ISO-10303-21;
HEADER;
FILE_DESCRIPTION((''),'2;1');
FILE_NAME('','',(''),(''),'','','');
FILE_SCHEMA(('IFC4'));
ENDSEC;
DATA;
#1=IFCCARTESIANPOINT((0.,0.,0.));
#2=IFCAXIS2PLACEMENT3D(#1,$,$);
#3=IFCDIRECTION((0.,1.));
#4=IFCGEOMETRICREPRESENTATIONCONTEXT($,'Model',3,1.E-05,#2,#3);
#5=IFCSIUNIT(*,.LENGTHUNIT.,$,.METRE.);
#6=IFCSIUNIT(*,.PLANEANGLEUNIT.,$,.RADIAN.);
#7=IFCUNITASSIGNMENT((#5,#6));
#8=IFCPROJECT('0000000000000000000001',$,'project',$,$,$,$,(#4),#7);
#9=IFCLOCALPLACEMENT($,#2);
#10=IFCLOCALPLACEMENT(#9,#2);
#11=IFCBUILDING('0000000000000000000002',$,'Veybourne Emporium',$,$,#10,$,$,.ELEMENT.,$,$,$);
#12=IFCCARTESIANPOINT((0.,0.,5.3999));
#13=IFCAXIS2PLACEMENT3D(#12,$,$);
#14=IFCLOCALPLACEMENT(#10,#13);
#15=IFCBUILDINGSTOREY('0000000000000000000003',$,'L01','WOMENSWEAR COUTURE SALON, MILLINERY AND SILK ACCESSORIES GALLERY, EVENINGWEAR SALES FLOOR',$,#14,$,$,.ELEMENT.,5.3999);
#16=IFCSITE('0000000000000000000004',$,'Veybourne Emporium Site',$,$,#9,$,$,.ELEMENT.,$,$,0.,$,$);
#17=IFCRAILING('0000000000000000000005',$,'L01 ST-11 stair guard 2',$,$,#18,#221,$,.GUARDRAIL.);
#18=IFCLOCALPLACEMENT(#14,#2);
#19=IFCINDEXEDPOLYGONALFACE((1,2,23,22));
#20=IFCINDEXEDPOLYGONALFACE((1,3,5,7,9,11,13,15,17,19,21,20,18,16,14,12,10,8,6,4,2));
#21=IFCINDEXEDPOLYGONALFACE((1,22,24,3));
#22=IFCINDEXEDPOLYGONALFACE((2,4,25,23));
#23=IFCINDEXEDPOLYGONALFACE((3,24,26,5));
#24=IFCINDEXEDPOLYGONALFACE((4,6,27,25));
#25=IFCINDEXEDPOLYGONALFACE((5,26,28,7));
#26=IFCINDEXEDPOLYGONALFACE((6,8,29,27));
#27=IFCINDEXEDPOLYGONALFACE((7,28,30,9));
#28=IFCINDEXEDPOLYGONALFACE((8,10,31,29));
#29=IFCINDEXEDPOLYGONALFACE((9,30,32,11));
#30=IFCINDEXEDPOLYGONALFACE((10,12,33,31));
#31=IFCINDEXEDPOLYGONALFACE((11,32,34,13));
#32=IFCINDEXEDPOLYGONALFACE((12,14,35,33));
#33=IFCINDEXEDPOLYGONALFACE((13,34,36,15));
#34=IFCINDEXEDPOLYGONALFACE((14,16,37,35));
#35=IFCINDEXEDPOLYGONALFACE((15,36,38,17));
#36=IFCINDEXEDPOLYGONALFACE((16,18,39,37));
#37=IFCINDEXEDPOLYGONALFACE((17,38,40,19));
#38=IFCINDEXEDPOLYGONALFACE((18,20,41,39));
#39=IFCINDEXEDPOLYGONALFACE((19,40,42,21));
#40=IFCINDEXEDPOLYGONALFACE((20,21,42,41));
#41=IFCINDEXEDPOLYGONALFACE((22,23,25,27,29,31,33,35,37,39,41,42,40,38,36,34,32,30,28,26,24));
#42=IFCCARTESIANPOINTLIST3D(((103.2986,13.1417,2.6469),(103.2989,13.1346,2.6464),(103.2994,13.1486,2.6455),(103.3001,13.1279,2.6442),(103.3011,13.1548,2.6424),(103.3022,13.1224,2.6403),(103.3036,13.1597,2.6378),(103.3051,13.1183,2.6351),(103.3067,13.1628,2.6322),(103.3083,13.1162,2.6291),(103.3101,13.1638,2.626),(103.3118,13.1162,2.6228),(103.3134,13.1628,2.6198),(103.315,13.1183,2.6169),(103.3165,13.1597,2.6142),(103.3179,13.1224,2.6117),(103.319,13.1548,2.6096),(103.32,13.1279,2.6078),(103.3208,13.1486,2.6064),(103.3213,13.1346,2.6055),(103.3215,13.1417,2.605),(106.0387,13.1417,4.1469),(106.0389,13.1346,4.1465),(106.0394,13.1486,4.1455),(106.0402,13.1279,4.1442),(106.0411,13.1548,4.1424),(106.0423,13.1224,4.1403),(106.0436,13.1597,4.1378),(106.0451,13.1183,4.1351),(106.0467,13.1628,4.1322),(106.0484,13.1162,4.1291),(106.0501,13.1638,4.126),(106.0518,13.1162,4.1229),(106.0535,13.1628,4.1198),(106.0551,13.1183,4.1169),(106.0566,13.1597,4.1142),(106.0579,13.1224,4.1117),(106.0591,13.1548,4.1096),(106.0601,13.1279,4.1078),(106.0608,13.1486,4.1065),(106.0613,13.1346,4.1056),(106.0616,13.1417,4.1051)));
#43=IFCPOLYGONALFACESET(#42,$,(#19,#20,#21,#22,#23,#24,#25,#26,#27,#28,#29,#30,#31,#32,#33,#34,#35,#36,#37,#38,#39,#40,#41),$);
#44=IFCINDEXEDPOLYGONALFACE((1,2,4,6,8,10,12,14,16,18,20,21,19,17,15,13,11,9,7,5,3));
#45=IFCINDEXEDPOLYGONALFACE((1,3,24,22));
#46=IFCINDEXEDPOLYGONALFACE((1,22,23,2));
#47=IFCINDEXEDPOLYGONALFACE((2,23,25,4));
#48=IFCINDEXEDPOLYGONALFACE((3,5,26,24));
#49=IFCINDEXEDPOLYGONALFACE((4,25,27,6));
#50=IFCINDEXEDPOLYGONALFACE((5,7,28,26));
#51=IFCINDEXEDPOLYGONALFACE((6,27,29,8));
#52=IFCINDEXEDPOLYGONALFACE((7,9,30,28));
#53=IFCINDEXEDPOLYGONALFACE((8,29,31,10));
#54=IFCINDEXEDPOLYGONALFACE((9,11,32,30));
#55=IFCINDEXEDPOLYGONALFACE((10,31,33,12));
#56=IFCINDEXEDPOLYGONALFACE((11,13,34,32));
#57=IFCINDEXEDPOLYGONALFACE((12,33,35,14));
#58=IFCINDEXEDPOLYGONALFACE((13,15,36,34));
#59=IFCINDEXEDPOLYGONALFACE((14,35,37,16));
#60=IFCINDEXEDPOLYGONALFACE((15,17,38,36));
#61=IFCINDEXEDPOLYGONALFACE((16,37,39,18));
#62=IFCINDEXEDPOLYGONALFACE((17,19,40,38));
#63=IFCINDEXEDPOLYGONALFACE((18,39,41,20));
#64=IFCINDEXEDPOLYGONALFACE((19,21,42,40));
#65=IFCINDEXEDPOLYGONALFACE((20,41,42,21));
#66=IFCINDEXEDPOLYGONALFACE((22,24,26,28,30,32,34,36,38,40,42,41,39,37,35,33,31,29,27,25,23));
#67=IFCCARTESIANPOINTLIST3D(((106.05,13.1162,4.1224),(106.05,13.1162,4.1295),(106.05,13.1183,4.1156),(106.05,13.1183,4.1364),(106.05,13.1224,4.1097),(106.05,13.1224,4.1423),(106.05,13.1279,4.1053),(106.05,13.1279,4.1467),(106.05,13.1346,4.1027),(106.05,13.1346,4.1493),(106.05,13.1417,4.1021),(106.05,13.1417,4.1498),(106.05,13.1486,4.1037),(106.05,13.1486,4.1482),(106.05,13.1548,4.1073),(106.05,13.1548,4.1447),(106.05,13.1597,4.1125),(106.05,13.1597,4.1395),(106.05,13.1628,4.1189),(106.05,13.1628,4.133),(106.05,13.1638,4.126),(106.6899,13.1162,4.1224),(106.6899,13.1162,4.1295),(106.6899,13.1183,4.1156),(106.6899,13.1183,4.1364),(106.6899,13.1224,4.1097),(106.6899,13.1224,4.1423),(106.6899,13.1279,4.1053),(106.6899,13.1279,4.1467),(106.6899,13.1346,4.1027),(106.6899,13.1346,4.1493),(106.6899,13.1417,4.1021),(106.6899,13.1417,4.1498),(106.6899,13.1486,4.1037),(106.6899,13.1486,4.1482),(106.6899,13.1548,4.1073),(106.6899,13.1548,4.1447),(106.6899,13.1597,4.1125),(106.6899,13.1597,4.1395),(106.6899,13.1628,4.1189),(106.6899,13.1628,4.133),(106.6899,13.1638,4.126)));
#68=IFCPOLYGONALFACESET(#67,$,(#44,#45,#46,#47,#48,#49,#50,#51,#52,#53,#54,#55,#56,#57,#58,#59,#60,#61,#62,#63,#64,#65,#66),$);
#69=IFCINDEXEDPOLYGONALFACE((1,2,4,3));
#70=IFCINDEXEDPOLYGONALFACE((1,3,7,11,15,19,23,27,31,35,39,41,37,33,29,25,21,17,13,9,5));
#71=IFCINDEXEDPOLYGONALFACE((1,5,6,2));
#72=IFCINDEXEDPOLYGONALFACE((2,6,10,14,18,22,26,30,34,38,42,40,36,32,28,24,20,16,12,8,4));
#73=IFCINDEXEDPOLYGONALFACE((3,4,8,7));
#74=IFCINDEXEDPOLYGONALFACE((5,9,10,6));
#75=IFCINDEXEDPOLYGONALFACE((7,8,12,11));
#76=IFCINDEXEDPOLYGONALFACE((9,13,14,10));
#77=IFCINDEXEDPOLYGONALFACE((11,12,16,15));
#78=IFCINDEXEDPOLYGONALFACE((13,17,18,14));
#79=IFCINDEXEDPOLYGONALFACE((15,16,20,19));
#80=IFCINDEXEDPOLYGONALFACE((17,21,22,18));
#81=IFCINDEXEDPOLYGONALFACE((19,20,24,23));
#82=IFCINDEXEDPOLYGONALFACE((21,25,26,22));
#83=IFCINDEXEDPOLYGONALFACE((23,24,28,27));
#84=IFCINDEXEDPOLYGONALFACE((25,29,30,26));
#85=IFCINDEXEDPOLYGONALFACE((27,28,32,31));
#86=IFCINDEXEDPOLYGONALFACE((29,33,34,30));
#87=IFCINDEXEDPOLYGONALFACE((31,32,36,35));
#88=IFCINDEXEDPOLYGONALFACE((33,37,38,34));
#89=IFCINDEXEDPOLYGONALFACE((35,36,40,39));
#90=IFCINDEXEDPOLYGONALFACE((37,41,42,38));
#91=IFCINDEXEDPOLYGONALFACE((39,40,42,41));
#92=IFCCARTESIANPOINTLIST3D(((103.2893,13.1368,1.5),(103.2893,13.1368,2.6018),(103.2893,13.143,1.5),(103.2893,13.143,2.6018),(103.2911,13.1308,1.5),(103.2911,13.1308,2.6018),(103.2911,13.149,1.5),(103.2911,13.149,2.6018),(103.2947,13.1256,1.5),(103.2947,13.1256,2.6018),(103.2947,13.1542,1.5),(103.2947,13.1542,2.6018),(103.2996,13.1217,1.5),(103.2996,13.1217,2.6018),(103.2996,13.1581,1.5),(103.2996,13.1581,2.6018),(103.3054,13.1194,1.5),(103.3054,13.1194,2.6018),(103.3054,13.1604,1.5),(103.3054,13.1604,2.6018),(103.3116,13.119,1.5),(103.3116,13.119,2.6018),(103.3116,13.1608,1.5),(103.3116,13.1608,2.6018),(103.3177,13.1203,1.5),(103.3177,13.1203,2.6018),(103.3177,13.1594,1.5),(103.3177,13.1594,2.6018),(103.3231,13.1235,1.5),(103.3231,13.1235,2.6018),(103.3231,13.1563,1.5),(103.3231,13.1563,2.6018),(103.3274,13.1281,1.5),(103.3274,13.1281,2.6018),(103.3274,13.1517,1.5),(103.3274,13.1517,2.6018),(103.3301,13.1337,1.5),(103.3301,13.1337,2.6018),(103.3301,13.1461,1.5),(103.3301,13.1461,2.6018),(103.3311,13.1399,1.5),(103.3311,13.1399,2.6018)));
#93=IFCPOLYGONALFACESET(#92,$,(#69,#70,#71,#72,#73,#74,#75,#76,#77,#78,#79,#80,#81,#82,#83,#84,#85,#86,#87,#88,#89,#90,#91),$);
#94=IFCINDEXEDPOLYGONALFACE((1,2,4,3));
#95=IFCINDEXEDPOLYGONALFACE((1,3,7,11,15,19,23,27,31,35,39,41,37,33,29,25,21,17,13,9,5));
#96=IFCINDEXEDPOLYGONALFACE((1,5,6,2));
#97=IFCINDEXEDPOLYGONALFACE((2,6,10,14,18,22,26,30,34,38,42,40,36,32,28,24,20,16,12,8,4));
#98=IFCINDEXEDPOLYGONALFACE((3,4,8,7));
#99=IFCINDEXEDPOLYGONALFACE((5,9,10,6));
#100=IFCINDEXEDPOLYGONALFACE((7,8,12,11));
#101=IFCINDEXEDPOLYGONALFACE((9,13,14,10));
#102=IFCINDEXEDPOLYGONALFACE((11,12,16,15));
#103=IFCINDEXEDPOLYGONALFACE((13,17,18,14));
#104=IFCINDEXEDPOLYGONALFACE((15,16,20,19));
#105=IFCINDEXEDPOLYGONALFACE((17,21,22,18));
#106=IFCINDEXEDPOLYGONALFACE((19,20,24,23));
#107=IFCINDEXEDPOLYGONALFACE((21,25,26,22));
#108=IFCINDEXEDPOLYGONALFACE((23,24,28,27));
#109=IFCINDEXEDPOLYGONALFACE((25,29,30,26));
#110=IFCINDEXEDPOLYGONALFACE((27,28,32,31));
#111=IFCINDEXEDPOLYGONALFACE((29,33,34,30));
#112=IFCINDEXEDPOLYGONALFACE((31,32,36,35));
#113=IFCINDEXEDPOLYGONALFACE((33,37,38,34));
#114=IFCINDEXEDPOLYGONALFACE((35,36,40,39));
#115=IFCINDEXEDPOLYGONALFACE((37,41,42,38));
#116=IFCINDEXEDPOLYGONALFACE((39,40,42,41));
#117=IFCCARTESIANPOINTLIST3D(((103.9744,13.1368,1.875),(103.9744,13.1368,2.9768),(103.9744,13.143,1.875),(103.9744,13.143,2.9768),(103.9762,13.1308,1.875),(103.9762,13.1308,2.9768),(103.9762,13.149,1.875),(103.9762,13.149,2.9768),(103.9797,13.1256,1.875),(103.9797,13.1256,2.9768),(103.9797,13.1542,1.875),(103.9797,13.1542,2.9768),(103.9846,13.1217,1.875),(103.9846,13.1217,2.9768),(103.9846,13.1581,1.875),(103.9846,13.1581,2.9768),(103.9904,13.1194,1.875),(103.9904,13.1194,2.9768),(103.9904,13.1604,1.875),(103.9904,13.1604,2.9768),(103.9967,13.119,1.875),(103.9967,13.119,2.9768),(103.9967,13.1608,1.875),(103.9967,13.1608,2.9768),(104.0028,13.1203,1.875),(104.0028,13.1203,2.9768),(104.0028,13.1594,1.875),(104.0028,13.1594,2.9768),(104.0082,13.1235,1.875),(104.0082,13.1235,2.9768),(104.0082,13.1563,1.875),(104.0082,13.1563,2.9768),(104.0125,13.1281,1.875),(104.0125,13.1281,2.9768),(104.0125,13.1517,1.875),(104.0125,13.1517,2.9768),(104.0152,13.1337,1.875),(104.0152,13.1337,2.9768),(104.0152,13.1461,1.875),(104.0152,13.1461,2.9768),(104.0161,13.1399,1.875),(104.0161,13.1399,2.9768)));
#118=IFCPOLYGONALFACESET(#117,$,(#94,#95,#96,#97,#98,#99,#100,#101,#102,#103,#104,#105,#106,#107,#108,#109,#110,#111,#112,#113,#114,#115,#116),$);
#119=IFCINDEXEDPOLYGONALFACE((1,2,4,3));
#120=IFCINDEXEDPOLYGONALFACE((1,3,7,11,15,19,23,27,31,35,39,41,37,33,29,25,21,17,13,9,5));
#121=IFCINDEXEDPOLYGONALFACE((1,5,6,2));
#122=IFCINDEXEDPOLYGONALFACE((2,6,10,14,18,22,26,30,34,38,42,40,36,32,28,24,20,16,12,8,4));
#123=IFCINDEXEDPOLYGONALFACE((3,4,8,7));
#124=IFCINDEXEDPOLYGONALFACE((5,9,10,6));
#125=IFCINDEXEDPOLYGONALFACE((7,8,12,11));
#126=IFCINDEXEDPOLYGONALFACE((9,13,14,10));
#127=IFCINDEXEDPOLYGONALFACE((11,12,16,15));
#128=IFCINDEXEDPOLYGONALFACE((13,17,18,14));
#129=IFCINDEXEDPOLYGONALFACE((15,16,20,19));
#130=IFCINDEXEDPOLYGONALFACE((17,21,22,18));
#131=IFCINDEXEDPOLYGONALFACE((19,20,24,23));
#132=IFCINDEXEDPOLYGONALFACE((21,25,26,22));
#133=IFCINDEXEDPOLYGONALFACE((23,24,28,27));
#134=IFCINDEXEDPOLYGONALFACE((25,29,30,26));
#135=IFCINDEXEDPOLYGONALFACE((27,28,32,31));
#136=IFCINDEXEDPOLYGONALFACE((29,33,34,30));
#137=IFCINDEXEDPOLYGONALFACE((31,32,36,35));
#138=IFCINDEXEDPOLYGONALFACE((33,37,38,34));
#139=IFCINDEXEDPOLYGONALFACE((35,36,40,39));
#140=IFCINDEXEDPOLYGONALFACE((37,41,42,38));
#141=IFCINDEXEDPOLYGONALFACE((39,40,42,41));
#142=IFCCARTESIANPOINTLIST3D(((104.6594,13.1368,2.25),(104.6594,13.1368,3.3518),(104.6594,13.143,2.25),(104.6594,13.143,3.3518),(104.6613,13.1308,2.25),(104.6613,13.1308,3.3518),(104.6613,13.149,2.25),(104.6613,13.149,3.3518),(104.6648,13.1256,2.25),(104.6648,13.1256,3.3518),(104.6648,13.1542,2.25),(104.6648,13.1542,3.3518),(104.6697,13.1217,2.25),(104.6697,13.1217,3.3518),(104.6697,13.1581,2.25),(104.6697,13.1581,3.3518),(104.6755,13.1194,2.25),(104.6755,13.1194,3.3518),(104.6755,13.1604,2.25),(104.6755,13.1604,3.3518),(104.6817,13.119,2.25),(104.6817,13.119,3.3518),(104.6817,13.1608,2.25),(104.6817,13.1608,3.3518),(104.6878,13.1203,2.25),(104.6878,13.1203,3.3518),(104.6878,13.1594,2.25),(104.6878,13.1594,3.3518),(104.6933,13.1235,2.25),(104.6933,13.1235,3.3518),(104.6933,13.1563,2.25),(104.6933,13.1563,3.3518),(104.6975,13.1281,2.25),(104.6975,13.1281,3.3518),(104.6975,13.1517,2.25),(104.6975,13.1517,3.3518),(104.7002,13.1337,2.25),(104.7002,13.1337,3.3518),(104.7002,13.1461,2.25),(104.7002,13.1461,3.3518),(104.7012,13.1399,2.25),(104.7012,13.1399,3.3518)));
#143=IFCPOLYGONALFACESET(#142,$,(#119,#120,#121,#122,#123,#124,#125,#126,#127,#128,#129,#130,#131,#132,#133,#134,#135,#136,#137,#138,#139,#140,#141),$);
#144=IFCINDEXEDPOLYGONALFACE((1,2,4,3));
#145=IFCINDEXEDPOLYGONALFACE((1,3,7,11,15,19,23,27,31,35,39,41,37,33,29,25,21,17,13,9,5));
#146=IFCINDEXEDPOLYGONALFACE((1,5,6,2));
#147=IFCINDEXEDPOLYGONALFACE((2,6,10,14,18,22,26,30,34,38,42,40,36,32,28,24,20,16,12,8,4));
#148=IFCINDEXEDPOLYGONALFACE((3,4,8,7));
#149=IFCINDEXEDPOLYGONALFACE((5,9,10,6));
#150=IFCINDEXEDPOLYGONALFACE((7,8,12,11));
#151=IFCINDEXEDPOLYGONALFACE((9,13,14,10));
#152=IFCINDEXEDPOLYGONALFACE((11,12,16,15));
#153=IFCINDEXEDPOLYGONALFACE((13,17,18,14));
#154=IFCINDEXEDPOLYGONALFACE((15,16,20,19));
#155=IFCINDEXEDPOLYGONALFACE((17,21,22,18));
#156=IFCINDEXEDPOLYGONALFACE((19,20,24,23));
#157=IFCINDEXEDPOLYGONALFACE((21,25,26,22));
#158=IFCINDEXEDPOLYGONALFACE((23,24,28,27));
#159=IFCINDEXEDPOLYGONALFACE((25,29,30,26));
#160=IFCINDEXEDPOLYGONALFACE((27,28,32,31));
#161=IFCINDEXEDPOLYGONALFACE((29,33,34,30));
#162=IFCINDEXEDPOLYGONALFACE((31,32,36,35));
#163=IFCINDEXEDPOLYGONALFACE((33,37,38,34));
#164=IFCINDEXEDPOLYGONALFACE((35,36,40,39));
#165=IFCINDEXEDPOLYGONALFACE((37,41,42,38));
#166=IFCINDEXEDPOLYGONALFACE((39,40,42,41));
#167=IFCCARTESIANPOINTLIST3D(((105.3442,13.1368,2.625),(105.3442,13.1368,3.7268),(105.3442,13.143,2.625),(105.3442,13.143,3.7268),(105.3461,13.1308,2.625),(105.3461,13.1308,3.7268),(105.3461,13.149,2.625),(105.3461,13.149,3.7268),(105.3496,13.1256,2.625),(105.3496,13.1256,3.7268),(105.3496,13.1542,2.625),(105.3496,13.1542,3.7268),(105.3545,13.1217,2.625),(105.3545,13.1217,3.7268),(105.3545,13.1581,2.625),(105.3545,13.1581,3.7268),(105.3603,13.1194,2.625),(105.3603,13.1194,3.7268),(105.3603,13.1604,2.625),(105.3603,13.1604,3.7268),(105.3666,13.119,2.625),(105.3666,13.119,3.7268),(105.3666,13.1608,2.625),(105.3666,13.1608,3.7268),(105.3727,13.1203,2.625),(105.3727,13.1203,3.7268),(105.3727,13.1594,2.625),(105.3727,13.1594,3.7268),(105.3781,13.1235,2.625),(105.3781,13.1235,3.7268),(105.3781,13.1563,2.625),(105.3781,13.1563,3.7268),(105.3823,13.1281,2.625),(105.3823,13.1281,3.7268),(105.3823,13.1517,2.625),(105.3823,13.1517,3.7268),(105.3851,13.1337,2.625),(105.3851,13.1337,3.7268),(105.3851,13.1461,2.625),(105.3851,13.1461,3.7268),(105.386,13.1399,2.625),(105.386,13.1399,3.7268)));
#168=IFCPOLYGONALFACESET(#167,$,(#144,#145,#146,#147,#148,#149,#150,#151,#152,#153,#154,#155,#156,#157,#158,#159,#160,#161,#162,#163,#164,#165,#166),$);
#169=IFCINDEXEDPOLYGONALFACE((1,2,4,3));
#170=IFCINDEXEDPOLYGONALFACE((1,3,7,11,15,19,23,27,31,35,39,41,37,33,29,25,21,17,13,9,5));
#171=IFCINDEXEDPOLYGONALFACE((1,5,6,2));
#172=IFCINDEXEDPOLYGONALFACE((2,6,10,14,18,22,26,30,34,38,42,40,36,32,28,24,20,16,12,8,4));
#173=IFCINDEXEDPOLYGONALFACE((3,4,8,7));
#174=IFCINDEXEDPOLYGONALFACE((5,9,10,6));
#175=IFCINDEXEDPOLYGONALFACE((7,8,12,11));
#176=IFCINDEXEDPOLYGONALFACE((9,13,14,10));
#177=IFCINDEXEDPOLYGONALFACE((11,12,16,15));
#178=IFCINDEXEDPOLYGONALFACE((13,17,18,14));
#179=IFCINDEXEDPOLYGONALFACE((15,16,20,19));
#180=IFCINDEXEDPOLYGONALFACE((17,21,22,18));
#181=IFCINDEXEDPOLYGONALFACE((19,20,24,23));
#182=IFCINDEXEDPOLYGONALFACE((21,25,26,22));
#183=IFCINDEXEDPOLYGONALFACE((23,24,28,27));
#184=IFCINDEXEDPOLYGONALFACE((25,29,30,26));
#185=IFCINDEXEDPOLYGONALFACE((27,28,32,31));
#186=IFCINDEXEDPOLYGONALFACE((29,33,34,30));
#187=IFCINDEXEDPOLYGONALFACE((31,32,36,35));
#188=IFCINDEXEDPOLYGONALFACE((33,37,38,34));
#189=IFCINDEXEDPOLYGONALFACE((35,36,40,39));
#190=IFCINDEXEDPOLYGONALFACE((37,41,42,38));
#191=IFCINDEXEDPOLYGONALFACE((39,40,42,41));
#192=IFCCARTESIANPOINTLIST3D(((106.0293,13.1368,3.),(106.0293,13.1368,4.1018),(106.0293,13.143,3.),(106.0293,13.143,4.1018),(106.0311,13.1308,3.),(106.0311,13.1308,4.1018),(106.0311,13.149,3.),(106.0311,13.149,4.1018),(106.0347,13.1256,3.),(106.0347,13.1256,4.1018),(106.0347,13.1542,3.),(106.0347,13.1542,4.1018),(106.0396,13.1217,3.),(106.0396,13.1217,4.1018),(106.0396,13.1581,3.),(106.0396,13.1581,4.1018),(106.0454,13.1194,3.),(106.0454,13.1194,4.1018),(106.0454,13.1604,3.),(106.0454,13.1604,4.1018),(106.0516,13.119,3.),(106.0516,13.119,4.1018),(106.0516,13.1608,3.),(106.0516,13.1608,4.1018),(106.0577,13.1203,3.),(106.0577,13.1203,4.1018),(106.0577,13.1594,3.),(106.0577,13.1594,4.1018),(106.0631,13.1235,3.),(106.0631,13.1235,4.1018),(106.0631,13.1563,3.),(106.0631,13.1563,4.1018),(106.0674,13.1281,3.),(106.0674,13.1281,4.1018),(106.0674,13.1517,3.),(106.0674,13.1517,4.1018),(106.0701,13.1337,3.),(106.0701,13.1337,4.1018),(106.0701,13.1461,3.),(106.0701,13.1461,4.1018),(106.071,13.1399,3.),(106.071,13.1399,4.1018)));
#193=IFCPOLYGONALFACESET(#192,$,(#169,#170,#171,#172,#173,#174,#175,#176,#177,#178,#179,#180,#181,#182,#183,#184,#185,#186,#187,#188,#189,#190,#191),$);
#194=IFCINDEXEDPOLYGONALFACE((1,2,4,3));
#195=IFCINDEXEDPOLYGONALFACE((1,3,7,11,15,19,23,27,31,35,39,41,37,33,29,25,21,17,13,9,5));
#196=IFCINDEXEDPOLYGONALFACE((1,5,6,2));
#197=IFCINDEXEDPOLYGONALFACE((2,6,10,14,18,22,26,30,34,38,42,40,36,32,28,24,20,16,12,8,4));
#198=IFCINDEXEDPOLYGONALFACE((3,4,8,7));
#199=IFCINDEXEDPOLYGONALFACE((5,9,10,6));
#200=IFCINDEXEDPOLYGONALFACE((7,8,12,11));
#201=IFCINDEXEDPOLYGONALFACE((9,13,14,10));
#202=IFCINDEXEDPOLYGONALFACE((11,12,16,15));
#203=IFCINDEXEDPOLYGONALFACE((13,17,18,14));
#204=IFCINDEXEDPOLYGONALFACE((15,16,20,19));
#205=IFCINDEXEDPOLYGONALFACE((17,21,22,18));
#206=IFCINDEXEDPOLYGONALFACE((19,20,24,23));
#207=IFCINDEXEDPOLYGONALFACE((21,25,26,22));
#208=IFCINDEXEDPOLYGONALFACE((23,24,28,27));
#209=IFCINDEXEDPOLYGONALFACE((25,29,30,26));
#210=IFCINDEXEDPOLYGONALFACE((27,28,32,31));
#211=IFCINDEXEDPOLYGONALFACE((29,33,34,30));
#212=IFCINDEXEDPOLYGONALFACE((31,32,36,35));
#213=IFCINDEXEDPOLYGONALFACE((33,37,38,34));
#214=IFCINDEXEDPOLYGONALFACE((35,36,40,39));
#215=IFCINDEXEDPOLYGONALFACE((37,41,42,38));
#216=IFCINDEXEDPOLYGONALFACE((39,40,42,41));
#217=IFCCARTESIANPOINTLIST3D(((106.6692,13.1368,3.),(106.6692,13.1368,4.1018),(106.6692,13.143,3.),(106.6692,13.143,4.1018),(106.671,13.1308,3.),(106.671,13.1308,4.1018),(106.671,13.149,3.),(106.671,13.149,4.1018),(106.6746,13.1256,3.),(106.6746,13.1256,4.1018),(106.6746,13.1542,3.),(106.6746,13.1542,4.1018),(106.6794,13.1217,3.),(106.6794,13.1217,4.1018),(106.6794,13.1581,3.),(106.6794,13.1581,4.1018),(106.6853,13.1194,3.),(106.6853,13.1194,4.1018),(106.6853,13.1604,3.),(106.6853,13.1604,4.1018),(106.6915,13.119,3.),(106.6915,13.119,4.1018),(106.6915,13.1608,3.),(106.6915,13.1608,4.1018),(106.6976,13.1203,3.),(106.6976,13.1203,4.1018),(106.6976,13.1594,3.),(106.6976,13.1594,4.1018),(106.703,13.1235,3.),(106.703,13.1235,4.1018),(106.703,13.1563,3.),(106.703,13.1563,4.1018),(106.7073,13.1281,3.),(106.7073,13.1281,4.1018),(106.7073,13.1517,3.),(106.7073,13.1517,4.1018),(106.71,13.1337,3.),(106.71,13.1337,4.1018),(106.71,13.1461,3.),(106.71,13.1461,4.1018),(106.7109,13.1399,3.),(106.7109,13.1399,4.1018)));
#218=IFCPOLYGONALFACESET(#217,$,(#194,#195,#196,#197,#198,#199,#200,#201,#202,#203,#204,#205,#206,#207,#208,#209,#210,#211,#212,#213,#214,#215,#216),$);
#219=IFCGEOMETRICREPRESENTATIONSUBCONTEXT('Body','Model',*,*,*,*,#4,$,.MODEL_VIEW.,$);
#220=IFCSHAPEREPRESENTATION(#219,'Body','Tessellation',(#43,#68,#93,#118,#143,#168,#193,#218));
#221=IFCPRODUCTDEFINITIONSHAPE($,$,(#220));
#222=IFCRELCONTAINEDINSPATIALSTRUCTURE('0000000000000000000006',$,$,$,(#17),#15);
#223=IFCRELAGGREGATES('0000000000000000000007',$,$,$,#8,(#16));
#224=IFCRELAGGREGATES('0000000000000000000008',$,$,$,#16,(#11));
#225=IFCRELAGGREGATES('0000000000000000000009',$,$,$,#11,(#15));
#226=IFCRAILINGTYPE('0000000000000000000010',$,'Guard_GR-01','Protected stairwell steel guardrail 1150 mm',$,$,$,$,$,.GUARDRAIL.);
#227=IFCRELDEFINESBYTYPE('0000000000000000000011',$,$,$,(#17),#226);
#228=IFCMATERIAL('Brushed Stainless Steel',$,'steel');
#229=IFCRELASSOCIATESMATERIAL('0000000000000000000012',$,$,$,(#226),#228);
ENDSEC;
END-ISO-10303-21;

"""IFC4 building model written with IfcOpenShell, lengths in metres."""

from ifc_helpers import new_model, si_unit, direction, frame, origin, origin_2d, place, context, subcontext, project, spatial, circle, extrude, material, type_object, element, save


model = new_model("IFC4")

# Units and contexts
model_context = context("Model", 3, precision=1e-05, world=origin(), true_north=direction((0.0, 1.0)))
body_context = subcontext(model_context, "Body", "Model", "MODEL_VIEW")
ifc_project = project(units=[si_unit("LENGTHUNIT", "METRE"), si_unit("PLANEANGLEUNIT", "RADIAN")], contexts=[model_context])

# Site, building, storey
site_placement = place(None, origin())
site = spatial("IfcSite", under=ifc_project, at=site_placement, Name="Veybourne Emporium Site", CompositionType="ELEMENT", RefElevation=0.0)
building_placement = place(site_placement, origin())
building = spatial("IfcBuilding", under=site, at=building_placement, Name="Veybourne Emporium", CompositionType="ELEMENT")
storey_placement = place(building_placement, frame((0.0, 0.0, 5.3999)))
storey = spatial("IfcBuildingStorey", under=building, at=storey_placement, Name="L01", Description="WOMENSWEAR COUTURE SALON, MILLINERY AND SILK ACCESSORIES GALLERY, EVENINGWEAR SALES FLOOR", CompositionType="ELEMENT", Elevation=5.3999)

# Railing
ifc_material_1 = material(Name="Brushed Stainless Steel", Category="steel")
railing_type_1 = type_object("IfcRailingType", Name="Guard_GR-01", Description="Protected stairwell steel guardrail 1150 mm", PredefinedType="GUARDRAIL", material=ifc_material_1)
railing_1_placement = place(storey_placement, frame((103.3101, 13.1399, 1.5)))
element("IfcRailing", 1, at=railing_1_placement, inside=storey, type_object=railing_type_1, Name="L01 ST-11 stair guard 2", PredefinedType="GUARDRAIL", context=body_context, shape_type="SweptSolid", body=[
    extrude(circle(Radius=0.0239, at=origin_2d()), frame((0.0, 0.0, 1.126), z_axis=(0.87716, 0.0, 0.480199), x_axis=(0.0, 1.0, 0.0)), (0.0, 0.0, 1.0), 3.1238),
    extrude(circle(Radius=0.0239, at=origin_2d()), frame((2.74, 0.0, 2.626), z_axis=(1.0, 0.0, 0.0), x_axis=(0.0, 1.0, 0.0)), (0.0, 0.0, 1.0), 0.6399),
    extrude(circle(Radius=0.021, at=origin_2d()), origin(), (0.0, 0.0, 1.0), 1.1018),
    extrude(circle(Radius=0.021, at=origin_2d()), frame((0.6851, 0.0, 0.375)), (0.0, 0.0, 1.0), 1.1018),
    extrude(circle(Radius=0.021, at=origin_2d()), frame((1.3701, 0.0, 0.75)), (0.0, 0.0, 1.0), 1.1018),
    extrude(circle(Radius=0.021, at=origin_2d()), frame((2.0549, 0.0, 1.125)), (0.0, 0.0, 1.0), 1.1018),
    extrude(circle(Radius=0.021, at=origin_2d()), frame((2.74, 0.0, 1.5)), (0.0, 0.0, 1.0), 1.1018),
    extrude(circle(Radius=0.021, at=origin_2d()), frame((3.3799, 0.0, 1.5)), (0.0, 0.0, 1.0), 1.1018),
])

save(model, "model.ifc")
